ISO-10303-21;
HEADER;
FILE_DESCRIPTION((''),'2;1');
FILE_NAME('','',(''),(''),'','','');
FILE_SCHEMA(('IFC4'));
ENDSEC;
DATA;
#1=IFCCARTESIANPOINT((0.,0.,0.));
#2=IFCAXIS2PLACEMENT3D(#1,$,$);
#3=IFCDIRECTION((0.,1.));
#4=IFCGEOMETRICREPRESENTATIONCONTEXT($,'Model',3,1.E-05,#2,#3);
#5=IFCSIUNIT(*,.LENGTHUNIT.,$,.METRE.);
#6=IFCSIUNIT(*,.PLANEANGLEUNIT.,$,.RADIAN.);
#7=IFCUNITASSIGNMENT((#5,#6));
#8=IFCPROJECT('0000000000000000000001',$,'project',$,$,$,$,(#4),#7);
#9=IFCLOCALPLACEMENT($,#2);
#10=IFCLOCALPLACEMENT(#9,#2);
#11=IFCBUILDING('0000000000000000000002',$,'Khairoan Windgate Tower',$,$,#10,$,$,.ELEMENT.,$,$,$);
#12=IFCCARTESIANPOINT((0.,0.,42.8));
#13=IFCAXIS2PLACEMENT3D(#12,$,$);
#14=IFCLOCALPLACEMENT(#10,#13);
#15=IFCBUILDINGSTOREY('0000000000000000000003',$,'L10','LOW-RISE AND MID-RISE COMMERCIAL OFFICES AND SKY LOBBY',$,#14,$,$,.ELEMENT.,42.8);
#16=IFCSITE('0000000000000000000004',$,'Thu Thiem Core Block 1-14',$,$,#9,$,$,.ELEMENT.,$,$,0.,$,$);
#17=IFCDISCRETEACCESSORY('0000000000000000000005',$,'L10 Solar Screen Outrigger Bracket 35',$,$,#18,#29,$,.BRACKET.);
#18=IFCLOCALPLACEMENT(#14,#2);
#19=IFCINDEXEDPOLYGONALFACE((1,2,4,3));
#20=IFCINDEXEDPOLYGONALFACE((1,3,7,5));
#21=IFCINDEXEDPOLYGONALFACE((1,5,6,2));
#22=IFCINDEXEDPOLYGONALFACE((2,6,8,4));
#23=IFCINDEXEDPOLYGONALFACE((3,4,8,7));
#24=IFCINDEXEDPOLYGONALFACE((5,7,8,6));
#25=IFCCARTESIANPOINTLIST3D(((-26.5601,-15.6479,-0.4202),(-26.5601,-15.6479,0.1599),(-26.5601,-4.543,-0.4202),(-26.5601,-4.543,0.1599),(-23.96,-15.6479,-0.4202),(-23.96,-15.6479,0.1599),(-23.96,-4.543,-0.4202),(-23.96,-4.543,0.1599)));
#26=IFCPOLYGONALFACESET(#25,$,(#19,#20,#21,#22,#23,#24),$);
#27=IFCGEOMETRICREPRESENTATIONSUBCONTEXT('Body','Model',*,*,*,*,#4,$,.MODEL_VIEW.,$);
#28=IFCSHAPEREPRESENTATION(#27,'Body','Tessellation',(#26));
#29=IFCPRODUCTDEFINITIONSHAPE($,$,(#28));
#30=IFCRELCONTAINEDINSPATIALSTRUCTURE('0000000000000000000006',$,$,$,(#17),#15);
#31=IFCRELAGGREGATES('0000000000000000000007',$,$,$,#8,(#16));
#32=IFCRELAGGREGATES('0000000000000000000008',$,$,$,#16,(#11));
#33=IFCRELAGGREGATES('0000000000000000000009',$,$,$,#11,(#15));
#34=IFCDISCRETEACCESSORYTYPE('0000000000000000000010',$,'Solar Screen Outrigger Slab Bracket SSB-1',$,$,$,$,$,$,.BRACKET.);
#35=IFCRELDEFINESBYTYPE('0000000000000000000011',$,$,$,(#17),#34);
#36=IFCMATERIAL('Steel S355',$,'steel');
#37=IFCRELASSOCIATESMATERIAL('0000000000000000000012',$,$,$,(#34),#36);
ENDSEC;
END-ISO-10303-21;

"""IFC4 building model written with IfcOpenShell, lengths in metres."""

from ifc_helpers import new_model, si_unit, direction, frame, origin, origin_2d, place, context, subcontext, project, spatial, rectangle, extrude, material, type_object, element, save


model = new_model("IFC4")

# Units and contexts
model_context = context("Model", 3, precision=1e-05, world=origin(), true_north=direction((0.0, 1.0)))
body_context = subcontext(model_context, "Body", "Model", "MODEL_VIEW")
ifc_project = project(units=[si_unit("LENGTHUNIT", "METRE"), si_unit("PLANEANGLEUNIT", "RADIAN")], contexts=[model_context])

# Site, building, storey
site_placement = place(None, origin())
site = spatial("IfcSite", under=ifc_project, at=site_placement, Name="Thu Thiem Core Block 1-14", CompositionType="ELEMENT", RefElevation=0.0)
building_placement = place(site_placement, origin())
building = spatial("IfcBuilding", under=site, at=building_placement, Name="Khairoan Windgate Tower", CompositionType="ELEMENT")
storey_placement = place(building_placement, frame((0.0, 0.0, 42.8)))
storey = spatial("IfcBuildingStorey", under=building, at=storey_placement, Name="L10", Description="LOW-RISE AND MID-RISE COMMERCIAL OFFICES AND SKY LOBBY", CompositionType="ELEMENT", Elevation=42.8)

# Discrete accessory
ifc_material_1 = material(Name="Steel S355", Category="steel")
discrete_accessory_type = type_object("IfcDiscreteAccessoryType", Name="Solar Screen Outrigger Slab Bracket SSB-1", PredefinedType="BRACKET", material=ifc_material_1)
discrete_accessory_placement = place(storey_placement, frame((-25.26, -10.0955, -0.4202), z_axis=(0.0, 0.0, 1.0), x_axis=(0.0, 1.0, 0.0)))
element("IfcDiscreteAccessory", 1, at=discrete_accessory_placement, inside=storey, type_object=discrete_accessory_type, Name="L10 Solar Screen Outrigger Bracket 35", PredefinedType="BRACKET", context=body_context, shape_type="SweptSolid", body=[
    extrude(rectangle(XDim=11.105, YDim=2.6001, at=origin_2d()), origin(), (0.0, 0.0, 1.0), 0.5801),
])

save(model, "model.ifc")
